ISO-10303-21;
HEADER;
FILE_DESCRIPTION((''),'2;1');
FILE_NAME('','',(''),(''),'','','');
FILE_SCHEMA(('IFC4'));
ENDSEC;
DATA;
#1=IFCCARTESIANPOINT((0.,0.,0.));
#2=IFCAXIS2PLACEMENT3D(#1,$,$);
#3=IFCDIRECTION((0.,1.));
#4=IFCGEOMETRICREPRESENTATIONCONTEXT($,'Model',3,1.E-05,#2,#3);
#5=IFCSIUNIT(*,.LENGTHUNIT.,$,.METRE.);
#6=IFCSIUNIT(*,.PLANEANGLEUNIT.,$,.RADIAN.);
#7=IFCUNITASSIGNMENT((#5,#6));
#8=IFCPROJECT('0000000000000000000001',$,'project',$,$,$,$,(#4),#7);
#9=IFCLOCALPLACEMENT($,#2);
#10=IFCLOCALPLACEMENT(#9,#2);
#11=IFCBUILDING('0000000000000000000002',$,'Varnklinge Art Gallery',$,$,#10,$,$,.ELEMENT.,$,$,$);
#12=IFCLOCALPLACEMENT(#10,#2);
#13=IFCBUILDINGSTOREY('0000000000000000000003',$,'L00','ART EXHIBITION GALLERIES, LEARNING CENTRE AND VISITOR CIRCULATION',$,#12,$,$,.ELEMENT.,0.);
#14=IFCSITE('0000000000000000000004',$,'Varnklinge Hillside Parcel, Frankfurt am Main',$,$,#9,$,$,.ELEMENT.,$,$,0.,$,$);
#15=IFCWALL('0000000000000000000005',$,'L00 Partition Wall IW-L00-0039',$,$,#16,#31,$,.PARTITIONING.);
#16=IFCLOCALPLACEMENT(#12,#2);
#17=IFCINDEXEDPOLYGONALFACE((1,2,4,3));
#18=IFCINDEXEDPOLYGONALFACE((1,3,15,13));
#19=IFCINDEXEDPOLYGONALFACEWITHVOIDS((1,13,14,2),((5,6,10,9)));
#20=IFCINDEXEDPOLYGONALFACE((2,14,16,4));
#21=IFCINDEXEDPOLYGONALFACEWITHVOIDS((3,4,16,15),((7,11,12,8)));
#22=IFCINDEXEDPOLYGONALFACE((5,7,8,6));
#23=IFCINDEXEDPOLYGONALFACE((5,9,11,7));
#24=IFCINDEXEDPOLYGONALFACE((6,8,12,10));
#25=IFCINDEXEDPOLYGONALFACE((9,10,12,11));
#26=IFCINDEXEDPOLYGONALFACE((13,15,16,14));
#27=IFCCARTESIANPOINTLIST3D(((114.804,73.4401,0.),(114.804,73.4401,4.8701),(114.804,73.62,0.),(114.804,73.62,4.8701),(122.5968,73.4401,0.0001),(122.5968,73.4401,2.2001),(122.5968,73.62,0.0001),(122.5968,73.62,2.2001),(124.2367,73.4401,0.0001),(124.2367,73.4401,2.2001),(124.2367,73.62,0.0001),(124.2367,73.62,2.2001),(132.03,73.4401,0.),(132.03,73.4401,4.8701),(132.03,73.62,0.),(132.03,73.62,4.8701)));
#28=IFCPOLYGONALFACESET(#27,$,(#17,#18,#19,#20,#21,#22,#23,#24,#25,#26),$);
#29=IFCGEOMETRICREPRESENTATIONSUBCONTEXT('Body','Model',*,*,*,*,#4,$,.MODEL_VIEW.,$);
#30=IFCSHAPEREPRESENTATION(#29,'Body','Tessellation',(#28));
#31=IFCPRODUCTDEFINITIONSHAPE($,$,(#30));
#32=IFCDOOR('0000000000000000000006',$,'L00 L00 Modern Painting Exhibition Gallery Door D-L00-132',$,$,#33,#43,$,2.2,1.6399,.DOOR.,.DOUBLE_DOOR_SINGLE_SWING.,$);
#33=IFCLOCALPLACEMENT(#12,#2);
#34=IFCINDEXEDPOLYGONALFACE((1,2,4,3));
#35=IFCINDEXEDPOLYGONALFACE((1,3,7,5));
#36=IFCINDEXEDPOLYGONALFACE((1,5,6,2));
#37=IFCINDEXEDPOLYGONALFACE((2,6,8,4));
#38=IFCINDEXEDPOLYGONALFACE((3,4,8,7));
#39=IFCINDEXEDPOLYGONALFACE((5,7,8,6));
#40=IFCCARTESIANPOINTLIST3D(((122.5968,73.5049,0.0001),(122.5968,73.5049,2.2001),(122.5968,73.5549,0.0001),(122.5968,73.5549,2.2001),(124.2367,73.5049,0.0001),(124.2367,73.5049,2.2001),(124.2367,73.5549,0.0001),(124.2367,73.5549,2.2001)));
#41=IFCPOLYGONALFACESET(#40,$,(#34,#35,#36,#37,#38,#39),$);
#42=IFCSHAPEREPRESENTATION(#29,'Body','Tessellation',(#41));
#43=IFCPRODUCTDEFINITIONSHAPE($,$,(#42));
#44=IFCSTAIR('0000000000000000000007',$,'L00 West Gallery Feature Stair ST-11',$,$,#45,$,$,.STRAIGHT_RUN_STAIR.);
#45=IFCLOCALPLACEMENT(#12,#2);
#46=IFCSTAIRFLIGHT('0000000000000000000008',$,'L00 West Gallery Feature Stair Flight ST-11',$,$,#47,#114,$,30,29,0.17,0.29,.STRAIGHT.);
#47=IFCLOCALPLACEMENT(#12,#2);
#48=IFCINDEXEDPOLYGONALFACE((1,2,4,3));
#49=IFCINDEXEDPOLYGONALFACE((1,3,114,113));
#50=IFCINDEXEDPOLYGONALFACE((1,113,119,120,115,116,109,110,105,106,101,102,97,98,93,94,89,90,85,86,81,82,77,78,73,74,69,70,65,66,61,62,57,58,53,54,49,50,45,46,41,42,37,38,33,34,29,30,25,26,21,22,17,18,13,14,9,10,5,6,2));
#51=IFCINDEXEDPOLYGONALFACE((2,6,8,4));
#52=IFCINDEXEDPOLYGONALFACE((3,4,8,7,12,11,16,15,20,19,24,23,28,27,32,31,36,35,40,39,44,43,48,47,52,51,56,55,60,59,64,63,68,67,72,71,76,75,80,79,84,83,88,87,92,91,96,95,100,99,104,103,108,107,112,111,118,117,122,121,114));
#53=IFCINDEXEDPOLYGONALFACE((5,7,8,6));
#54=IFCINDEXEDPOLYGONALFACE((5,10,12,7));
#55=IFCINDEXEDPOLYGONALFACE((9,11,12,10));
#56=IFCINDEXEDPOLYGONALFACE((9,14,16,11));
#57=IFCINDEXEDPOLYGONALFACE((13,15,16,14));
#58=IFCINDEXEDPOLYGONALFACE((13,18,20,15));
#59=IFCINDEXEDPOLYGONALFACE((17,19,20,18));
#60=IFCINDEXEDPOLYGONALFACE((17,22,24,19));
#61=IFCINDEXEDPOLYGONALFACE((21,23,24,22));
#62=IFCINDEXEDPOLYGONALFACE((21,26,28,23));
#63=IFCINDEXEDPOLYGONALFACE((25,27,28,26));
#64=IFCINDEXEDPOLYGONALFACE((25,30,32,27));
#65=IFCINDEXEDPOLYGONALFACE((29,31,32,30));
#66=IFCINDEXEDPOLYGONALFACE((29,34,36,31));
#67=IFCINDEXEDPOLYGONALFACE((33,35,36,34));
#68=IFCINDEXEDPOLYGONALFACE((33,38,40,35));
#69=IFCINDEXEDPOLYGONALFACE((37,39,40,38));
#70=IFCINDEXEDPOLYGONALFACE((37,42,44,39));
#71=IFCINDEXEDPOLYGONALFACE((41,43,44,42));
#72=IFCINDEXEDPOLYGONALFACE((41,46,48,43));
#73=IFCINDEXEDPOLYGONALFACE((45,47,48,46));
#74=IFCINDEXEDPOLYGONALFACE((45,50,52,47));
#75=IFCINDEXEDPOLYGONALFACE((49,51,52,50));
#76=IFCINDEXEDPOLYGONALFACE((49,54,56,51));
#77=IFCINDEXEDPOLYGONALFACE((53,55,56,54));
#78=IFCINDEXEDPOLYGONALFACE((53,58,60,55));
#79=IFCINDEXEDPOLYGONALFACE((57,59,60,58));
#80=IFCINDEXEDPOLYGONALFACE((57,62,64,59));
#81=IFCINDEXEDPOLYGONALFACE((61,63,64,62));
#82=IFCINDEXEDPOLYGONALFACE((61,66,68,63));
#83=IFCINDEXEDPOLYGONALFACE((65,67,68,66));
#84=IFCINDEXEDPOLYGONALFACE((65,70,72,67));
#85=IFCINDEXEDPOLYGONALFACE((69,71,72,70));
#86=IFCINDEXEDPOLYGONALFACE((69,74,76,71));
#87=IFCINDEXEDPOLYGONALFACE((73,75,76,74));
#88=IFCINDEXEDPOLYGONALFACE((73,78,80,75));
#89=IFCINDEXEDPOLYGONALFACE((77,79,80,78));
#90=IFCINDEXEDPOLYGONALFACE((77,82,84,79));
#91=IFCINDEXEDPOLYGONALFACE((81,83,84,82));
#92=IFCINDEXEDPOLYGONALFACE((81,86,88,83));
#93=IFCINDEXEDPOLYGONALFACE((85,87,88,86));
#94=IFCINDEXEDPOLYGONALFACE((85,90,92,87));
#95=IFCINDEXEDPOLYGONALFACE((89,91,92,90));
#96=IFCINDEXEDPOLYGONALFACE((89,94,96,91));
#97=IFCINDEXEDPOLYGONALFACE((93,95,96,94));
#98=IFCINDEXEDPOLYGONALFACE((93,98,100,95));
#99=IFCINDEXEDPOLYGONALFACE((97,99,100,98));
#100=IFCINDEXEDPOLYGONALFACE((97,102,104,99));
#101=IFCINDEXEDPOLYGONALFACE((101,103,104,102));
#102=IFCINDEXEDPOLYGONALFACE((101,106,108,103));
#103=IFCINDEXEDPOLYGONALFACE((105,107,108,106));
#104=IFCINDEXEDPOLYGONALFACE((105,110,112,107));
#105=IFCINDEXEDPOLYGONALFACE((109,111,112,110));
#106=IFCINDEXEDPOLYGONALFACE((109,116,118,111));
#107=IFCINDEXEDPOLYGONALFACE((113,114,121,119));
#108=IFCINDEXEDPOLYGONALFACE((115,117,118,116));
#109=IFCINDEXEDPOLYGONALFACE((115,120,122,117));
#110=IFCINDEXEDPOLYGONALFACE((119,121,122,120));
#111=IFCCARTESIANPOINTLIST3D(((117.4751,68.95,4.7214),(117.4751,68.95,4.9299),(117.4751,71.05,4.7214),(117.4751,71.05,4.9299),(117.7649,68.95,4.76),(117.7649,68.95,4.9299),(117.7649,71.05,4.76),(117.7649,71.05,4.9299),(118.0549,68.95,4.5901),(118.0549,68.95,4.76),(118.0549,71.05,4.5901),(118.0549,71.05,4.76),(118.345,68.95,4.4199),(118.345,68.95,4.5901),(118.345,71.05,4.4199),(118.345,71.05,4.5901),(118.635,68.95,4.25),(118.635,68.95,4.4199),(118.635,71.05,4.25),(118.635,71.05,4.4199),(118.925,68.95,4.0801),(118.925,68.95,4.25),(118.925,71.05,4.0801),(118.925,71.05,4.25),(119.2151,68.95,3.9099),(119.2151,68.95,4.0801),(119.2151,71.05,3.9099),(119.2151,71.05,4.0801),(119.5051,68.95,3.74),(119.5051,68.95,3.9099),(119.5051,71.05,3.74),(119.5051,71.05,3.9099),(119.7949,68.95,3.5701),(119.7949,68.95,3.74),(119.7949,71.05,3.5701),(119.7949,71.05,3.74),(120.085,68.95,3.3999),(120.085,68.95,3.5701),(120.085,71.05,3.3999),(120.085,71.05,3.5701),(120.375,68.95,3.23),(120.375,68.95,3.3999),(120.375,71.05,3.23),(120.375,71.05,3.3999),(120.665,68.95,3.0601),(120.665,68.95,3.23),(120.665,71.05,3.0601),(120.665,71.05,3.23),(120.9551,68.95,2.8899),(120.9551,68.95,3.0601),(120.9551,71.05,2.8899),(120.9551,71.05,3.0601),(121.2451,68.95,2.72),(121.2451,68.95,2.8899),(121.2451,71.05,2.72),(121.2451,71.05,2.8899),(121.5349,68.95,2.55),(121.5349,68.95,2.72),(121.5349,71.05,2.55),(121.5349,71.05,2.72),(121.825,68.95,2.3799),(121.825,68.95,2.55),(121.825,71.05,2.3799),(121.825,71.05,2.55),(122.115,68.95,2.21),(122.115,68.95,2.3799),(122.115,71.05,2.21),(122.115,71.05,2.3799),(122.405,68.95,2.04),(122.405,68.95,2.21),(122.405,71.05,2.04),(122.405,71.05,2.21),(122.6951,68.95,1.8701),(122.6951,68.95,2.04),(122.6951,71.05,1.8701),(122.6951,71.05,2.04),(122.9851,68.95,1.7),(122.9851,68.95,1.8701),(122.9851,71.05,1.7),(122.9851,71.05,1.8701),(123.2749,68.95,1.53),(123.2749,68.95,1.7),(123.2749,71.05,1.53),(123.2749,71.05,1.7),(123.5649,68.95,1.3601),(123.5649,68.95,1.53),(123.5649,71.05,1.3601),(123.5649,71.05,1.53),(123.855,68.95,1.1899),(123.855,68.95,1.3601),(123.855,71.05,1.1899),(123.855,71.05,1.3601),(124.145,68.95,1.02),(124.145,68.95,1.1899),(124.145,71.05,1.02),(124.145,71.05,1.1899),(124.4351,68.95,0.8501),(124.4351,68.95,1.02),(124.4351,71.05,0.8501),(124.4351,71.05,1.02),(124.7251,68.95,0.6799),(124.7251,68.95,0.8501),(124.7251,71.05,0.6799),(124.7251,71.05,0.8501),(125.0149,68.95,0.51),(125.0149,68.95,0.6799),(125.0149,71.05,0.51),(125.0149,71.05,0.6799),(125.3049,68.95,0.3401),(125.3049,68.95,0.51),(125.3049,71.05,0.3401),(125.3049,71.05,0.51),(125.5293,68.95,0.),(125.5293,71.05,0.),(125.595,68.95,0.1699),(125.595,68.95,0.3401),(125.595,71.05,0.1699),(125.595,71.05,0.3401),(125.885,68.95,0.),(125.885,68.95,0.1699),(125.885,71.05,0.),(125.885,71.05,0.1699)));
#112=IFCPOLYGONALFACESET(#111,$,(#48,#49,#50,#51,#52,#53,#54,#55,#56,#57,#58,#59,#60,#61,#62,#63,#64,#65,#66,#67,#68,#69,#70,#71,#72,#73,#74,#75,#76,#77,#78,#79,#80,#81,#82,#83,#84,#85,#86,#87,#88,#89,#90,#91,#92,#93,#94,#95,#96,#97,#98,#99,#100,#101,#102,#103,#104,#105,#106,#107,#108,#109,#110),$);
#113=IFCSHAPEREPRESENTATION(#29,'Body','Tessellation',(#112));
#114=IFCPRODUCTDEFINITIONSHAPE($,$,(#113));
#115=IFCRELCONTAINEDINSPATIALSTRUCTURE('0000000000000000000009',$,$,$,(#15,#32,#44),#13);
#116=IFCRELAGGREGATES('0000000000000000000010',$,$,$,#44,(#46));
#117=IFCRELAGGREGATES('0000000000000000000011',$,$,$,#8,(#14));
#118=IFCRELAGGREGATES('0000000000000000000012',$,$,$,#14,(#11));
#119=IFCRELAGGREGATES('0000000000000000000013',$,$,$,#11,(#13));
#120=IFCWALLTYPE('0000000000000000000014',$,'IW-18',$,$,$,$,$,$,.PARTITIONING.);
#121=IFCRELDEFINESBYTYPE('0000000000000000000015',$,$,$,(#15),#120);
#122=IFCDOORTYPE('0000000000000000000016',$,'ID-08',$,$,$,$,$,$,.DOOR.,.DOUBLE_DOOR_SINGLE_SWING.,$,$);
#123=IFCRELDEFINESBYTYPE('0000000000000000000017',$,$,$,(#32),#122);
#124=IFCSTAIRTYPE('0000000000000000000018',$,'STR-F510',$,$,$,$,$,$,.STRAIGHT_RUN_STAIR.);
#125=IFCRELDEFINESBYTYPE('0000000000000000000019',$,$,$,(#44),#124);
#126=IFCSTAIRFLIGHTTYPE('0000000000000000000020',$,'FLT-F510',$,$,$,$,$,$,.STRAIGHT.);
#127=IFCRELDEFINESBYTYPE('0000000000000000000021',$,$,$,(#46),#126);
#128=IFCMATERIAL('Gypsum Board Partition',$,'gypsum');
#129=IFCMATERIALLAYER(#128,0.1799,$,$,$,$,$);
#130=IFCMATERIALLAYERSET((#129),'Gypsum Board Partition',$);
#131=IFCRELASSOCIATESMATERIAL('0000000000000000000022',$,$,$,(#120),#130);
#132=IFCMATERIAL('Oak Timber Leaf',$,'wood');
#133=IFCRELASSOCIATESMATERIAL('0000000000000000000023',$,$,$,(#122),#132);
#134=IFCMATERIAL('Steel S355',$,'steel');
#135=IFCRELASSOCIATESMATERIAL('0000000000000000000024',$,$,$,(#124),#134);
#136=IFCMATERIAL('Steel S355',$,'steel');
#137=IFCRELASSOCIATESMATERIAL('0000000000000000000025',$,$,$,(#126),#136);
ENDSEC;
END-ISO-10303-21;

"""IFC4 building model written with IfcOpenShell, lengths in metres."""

from ifc_helpers import new_model, si_unit, direction, frame, frame_2d, origin, place, context, subcontext, project, spatial, polyline, rectangle, outline, extrude, material, layer, layer_set, type_object, element, fill, aggregate, save


model = new_model("IFC4")

# Units and contexts
model_context = context("Model", 3, precision=1e-05, world=origin(), true_north=direction((0.0, 1.0)))
body_context = subcontext(model_context, "Body", "Model", "MODEL_VIEW")
ifc_project = project(units=[si_unit("LENGTHUNIT", "METRE"), si_unit("PLANEANGLEUNIT", "RADIAN")], contexts=[model_context])

# Site, building, storey
site_placement = place(None, origin())
site = spatial("IfcSite", under=ifc_project, at=site_placement, Name="Varnklinge Hillside Parcel, Frankfurt am Main", CompositionType="ELEMENT", RefElevation=0.0)
building_placement = place(site_placement, origin())
building = spatial("IfcBuilding", under=site, at=building_placement, Name="Varnklinge Art Gallery", CompositionType="ELEMENT")
storey_placement = place(building_placement, origin())
storey = spatial("IfcBuildingStorey", under=building, at=storey_placement, Name="L00", Description="ART EXHIBITION GALLERIES, LEARNING CENTRE AND VISITOR CIRCULATION", CompositionType="ELEMENT", Elevation=0.0)

# Wall, opening, door
ifc_material_1 = material(Name="Gypsum Board Partition", Category="gypsum")
ifc_layer_1 = layer(ifc_material_1, 0.1799)
ifc_layer_set_1 = layer_set([ifc_layer_1], Name="Gypsum Board Partition")
wall_type_1 = type_object("IfcWallType", Name="IW-18", PredefinedType="PARTITIONING", material=ifc_layer_set_1)
wall_1_placement = place(storey_placement, frame((114.804, 73.53, 0.0), z_axis=(0.0, 0.0, 1.0), x_axis=(1.0, 0.0, 0.0)))
wall_1 = element("IfcWall", 1, at=wall_1_placement, inside=storey, type_object=wall_type_1, Name="L00 Partition Wall IW-L00-0039", PredefinedType="PARTITIONING", context=body_context, shape_type="SweptSolid", body=[
    extrude(rectangle(XDim=17.2261, YDim=0.1799, at=frame_2d((8.613, 0.0))), origin(), (0.0, 0.0, 1.0), 4.8701),
])
opening_1_placement = place(wall_1_placement, frame((7.793, 0.0, 0.0)))
opening_1 = element("IfcOpeningElement", 2, at=opening_1_placement, cuts=wall_1, PredefinedType="OPENING", context=body_context, shape_type="SweptSolid", body=[
    extrude(rectangle(XDim=1.6399, YDim=2.2, at=frame_2d((0.8198, 1.1001))), frame((0.0, 0.0999, 0.0), z_axis=(0.0, -1.0, 0.0), x_axis=(1.0, 0.0, 0.0)), (0.0, 0.0, 1.0), 0.2),
])
ifc_material_2 = material(Name="Oak Timber Leaf", Category="wood")
door_type = type_object("IfcDoorType", Name="ID-08", OperationType="DOUBLE_DOOR_SINGLE_SWING", PredefinedType="DOOR", material=ifc_material_2)
door_placement = place(opening_1_placement, origin())
door = element("IfcDoor", 3, at=door_placement, inside=storey, type_object=door_type, Name="L00 L00 Modern Painting Exhibition Gallery Door D-L00-132", OperationType="DOUBLE_DOOR_SINGLE_SWING", OverallHeight=2.2, OverallWidth=1.6399, PredefinedType="DOOR", context=body_context, shape_type="SweptSolid", body=[
    extrude(rectangle(XDim=1.6399, YDim=2.2, at=frame_2d((0.8198, 1.1001))), frame((0.0, 0.0249, 0.0), z_axis=(0.0, -1.0, 0.0), x_axis=(1.0, 0.0, 0.0)), (0.0, 0.0, 1.0), 0.05),
])
fill(opening_1, door)

# Stair, stair flight
ifc_material_3 = material(Name="Steel S355", Category="steel")
stair_type = type_object("IfcStairType", Name="STR-F510", PredefinedType="STRAIGHT_RUN_STAIR", material=ifc_material_3)
stair_placement = place(storey_placement, origin())
stair = element("IfcStair", 4, at=stair_placement, inside=storey, type_object=stair_type, Name="L00 West Gallery Feature Stair ST-11", PredefinedType="STRAIGHT_RUN_STAIR")
ifc_material_4 = material(Name="Steel S355", Category="steel")
stair_flight_type = type_object("IfcStairFlightType", Name="FLT-F510", PredefinedType="STRAIGHT", material=ifc_material_4)
stair_flight_placement = place(storey_placement, frame((125.885, 70.0, 0.0), z_axis=(0.0, 0.0, 1.0), x_axis=(-1.0, 0.0, 0.0)))
stair_flight = element("IfcStairFlight", 5, at=stair_flight_placement, type_object=stair_flight_type, Name="L00 West Gallery Feature Stair Flight ST-11", NumberOfRisers=30, NumberOfTreads=29, PredefinedType="STRAIGHT", RiserHeight=0.17, TreadLength=0.29, context=body_context, shape_type="SweptSolid", body=[
    extrude(outline(polyline([(0.0, 0.0), (0.0, 0.1699), (0.29, 0.1699), (0.29, 0.3401), (0.5801, 0.3401), (0.5801, 0.51), (0.8701, 0.51), (0.8701, 0.6799), (1.1599, 0.6799), (1.1599, 0.8501), (1.45, 0.8501), (1.45, 1.02), (1.74, 1.02), (1.74, 1.1899), (2.03, 1.1899), (2.03, 1.3601), (2.3201, 1.3601), (2.3201, 1.53), (2.6101, 1.53), (2.6101, 1.7), (2.8999, 1.7), (2.8999, 1.8701), (3.1899, 1.8701), (3.1899, 2.04), (3.48, 2.04), (3.48, 2.21), (3.77, 2.21), (3.77, 2.3799), (4.0601, 2.3799), (4.0601, 2.55), (4.3501, 2.55), (4.3501, 2.72), (4.6399, 2.72), (4.6399, 2.8899), (4.9299, 2.8899), (4.9299, 3.0601), (5.22, 3.0601), (5.22, 3.23), (5.51, 3.23), (5.51, 3.3999), (5.8, 3.3999), (5.8, 3.5701), (6.0901, 3.5701), (6.0901, 3.74), (6.3799, 3.74), (6.3799, 3.9099), (6.6699, 3.9099), (6.6699, 4.0801), (6.96, 4.0801), (6.96, 4.25), (7.25, 4.25), (7.25, 4.4199), (7.54, 4.4199), (7.54, 4.5901), (7.8301, 4.5901), (7.8301, 4.76), (8.1201, 4.76), (8.1201, 4.9299), (8.4099, 4.9299), (8.4099, 5.1001), (8.4099, 4.7214), (0.3557, 0.0), (0.0, 0.0)])), frame((0.0, 1.05, 0.0), z_axis=(0.0, -1.0, 0.0), x_axis=(1.0, 0.0, 0.0)), (0.0, 0.0, 1.0), 2.1001),
])
aggregate(stair, [stair_flight])

save(model, "model.ifc")
